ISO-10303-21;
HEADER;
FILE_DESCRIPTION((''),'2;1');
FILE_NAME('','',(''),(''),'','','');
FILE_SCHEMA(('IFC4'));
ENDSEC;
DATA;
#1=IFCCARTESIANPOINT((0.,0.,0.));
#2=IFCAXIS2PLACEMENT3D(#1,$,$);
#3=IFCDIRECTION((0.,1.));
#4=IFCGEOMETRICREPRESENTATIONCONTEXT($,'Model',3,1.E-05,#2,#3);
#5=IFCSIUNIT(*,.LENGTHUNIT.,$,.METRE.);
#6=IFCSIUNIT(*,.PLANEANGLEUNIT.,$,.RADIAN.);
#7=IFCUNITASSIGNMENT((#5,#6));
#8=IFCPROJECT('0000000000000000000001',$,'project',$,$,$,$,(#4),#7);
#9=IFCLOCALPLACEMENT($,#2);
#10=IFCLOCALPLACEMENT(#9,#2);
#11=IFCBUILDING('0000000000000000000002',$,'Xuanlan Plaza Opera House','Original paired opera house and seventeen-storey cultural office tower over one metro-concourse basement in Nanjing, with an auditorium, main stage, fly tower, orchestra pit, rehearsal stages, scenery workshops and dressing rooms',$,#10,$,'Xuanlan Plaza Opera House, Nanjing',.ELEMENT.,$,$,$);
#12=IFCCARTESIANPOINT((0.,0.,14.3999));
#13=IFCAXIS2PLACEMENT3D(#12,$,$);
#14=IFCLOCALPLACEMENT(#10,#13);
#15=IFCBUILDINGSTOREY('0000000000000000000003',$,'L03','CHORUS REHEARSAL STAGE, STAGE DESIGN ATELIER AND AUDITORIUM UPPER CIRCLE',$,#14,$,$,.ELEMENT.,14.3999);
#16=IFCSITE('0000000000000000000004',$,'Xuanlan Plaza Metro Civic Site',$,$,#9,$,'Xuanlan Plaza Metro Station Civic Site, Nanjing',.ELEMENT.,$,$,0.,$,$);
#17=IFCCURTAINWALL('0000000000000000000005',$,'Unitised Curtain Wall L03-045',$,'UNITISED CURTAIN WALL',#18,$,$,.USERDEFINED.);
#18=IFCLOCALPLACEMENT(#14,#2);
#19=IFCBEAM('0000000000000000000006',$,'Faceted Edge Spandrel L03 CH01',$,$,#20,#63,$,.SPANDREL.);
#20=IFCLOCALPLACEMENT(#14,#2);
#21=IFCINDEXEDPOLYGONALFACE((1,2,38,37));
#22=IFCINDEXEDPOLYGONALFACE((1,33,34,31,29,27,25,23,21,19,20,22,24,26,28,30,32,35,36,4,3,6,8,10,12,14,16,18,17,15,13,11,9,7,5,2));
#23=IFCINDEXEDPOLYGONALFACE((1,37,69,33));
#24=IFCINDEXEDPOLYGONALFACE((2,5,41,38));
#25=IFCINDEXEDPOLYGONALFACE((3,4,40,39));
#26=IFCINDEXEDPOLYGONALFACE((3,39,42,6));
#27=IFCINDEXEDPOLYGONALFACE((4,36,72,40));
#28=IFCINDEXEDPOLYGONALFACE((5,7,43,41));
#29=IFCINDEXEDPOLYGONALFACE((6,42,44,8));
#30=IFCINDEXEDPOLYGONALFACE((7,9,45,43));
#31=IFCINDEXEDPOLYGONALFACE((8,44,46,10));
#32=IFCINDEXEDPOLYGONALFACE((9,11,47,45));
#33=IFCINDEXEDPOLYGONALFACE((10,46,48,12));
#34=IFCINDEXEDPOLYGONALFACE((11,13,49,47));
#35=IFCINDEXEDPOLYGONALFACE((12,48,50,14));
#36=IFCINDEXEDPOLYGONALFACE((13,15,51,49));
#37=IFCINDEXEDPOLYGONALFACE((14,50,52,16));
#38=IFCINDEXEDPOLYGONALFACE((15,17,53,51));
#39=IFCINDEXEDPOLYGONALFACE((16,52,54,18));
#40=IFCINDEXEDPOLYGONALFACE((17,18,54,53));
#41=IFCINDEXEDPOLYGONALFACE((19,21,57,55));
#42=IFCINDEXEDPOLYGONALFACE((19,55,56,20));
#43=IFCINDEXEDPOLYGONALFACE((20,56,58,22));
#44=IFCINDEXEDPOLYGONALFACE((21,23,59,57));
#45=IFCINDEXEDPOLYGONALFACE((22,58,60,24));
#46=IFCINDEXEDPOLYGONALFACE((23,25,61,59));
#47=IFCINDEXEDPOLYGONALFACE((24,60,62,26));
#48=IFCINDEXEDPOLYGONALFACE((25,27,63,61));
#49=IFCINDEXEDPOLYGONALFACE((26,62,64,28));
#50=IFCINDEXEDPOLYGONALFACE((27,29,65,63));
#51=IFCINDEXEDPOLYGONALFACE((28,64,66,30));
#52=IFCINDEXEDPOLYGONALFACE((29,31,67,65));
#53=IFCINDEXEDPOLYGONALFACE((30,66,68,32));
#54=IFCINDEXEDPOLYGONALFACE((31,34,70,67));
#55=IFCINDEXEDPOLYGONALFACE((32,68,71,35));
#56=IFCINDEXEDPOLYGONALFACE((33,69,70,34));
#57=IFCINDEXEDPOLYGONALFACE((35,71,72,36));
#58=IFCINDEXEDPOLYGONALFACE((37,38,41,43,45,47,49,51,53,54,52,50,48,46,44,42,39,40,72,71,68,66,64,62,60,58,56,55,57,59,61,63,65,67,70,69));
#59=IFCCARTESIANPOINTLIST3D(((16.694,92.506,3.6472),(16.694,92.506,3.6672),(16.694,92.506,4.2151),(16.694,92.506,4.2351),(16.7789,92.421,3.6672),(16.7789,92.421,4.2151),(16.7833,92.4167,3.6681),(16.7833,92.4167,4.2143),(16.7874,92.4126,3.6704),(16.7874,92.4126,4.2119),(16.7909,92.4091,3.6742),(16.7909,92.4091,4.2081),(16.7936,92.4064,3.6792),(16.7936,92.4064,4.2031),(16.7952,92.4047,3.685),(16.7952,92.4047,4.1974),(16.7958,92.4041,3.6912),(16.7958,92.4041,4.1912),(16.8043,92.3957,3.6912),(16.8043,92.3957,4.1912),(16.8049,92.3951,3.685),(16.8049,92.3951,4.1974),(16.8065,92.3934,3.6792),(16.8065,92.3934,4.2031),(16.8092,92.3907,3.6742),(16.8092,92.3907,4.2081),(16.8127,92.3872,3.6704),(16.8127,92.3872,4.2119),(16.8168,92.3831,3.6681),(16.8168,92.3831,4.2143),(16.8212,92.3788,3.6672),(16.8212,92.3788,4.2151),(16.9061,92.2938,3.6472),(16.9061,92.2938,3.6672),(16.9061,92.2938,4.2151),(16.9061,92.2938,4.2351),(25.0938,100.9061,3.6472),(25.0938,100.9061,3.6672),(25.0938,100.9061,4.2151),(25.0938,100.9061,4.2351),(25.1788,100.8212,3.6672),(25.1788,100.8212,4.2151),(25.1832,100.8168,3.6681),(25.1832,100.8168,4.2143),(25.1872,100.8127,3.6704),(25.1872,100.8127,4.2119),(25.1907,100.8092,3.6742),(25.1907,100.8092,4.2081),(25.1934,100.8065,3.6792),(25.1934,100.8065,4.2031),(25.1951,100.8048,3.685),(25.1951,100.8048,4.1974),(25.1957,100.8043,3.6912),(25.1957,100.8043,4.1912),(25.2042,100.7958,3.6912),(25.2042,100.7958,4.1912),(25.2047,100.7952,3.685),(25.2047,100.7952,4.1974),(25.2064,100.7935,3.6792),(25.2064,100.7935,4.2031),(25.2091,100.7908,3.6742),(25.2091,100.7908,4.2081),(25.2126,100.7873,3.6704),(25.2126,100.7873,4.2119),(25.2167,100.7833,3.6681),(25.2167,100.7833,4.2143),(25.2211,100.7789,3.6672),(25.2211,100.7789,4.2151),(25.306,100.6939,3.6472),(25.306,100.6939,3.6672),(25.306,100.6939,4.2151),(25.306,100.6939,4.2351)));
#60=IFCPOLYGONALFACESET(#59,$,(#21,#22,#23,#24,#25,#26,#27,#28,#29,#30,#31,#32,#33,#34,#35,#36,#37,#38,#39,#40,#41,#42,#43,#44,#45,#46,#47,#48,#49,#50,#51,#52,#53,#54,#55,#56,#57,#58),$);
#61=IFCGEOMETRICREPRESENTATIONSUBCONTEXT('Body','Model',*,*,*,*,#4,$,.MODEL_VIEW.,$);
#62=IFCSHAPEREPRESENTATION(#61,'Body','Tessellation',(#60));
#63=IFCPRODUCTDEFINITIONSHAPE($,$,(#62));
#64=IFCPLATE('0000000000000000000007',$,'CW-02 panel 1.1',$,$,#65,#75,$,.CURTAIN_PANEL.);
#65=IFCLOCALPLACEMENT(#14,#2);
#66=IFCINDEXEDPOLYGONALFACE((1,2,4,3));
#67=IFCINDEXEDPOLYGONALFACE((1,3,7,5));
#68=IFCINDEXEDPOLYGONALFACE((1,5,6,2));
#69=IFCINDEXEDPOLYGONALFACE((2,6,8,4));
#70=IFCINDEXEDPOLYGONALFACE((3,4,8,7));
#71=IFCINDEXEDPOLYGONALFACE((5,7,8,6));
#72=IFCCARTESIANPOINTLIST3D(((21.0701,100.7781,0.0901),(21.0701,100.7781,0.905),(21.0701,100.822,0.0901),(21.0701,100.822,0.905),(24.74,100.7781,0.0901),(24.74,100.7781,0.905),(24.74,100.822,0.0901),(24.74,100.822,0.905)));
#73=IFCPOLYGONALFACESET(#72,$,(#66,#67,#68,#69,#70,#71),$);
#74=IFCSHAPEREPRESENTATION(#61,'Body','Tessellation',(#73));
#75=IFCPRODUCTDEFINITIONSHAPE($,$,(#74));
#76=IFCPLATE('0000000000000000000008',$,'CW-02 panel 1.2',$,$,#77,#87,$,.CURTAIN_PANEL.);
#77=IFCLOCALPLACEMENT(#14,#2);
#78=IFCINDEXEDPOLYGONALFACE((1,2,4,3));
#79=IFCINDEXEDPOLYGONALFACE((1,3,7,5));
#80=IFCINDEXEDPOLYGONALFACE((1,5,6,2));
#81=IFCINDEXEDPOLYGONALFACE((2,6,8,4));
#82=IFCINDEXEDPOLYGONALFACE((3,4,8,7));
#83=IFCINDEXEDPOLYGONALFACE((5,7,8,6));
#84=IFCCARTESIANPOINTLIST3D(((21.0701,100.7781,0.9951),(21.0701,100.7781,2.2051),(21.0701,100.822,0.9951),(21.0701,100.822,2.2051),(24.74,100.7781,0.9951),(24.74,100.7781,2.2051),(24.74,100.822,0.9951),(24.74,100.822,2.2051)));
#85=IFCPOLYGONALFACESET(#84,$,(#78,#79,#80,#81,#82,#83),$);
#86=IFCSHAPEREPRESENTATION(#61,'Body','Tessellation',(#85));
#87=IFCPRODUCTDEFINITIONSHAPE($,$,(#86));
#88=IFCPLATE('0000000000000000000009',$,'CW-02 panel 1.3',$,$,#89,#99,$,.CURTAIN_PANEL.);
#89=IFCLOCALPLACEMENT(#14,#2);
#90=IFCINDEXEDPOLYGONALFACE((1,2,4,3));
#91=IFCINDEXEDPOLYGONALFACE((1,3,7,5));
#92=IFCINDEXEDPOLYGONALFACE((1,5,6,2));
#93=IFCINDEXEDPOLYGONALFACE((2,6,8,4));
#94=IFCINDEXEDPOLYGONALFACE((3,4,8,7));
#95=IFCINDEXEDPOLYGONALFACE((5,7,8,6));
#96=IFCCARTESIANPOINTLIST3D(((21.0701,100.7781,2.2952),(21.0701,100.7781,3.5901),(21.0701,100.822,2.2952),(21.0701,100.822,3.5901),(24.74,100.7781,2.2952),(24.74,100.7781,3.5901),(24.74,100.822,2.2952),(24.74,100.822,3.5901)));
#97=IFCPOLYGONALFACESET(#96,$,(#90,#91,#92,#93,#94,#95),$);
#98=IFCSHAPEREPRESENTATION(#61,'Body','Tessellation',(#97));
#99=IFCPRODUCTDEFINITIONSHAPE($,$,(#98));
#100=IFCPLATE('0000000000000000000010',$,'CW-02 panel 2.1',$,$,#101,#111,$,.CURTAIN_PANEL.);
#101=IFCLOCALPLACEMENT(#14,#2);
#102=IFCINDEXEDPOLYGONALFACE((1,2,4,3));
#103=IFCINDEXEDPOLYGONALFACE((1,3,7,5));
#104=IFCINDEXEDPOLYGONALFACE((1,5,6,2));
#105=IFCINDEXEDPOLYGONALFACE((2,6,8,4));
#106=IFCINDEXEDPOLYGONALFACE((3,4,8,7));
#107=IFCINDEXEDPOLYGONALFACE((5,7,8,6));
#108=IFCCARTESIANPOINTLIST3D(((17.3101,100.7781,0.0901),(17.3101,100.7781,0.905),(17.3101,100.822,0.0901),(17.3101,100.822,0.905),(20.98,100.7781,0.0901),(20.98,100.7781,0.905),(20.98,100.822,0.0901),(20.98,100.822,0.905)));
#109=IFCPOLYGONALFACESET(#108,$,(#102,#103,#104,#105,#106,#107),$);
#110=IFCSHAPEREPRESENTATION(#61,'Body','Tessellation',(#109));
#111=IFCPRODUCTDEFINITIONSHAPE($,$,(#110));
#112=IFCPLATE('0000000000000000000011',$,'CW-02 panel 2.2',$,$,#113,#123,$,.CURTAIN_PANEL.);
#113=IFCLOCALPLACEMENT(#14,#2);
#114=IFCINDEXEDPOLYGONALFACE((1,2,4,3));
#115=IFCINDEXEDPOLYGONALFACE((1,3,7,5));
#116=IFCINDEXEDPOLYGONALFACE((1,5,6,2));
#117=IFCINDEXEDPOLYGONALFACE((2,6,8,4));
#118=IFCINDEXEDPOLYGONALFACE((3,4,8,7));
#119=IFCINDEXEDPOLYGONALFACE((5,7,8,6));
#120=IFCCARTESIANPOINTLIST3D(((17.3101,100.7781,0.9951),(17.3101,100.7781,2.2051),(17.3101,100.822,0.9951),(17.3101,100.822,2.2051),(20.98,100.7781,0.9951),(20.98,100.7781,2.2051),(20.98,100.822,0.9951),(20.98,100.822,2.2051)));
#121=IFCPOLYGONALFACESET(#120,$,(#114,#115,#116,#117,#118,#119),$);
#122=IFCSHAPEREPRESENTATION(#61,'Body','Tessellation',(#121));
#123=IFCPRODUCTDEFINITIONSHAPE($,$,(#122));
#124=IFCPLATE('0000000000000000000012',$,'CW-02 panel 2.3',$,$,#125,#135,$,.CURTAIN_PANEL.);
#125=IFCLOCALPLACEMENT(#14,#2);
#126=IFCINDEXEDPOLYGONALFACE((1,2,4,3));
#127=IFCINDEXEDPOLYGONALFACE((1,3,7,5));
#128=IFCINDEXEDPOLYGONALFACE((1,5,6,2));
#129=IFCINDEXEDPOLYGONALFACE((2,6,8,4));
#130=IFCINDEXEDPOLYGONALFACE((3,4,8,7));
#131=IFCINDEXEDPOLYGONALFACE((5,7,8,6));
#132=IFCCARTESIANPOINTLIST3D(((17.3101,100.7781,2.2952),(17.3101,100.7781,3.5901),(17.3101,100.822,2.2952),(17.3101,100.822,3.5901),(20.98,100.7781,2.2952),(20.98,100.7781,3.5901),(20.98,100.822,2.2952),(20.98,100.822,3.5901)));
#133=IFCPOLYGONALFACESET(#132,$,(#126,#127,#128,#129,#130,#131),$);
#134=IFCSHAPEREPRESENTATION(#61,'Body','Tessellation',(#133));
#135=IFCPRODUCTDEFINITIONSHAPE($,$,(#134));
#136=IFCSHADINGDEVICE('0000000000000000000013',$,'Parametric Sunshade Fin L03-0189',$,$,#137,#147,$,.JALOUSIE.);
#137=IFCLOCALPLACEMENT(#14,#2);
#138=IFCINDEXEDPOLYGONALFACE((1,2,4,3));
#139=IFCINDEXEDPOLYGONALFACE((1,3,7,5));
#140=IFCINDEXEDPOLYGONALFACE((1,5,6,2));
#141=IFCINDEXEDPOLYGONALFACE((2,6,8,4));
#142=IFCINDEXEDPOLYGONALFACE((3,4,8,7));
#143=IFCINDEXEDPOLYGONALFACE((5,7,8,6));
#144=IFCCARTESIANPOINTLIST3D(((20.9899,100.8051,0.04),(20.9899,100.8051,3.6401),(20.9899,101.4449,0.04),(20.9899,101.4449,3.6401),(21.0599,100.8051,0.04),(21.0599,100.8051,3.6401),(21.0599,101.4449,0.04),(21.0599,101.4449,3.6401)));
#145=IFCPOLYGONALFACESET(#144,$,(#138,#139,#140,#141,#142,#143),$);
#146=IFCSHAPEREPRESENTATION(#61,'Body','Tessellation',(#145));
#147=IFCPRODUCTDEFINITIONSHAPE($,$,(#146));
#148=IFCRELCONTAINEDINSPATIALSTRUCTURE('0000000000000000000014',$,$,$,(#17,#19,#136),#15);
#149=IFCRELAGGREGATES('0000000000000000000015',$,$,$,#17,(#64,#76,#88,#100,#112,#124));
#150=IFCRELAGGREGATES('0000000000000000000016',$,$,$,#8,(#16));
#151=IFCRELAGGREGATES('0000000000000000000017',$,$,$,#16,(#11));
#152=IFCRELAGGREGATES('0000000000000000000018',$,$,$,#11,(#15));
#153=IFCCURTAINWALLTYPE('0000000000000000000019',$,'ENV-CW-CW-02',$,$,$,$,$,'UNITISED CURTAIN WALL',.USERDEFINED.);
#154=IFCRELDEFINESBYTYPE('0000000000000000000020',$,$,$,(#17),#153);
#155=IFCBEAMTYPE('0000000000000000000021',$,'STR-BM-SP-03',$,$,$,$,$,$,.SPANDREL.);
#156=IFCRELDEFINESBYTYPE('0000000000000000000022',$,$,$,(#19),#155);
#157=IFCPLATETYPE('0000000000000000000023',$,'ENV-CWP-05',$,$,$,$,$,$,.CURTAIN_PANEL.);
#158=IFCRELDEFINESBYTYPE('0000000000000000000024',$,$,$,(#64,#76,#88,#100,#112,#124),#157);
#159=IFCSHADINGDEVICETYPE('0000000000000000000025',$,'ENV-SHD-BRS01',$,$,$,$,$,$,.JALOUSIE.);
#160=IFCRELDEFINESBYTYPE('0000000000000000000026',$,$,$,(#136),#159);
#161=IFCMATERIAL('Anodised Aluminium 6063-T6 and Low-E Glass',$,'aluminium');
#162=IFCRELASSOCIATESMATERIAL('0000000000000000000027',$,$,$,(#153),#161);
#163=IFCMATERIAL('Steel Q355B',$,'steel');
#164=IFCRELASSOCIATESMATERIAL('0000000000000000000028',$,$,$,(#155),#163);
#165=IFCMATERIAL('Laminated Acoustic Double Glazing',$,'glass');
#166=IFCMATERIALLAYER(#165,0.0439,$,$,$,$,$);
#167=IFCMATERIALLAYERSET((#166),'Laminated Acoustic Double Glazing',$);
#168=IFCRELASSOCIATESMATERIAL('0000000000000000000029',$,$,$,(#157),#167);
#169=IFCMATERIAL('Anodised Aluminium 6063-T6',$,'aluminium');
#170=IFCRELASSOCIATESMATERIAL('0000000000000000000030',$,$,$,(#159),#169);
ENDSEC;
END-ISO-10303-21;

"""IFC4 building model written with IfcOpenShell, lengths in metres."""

from ifc_helpers import new_model, si_unit, direction, frame, origin, origin_2d, place, context, subcontext, project, spatial, rectangle, i_section, extrude, material, layer, layer_set, material_profile, profile_set, type_object, element, aggregate, save


model = new_model("IFC4")

# Units and contexts
model_context = context("Model", 3, precision=1e-05, world=origin(), true_north=direction((0.0, 1.0)))
body_context = subcontext(model_context, "Body", "Model", "MODEL_VIEW")
ifc_project = project(units=[si_unit("LENGTHUNIT", "METRE"), si_unit("PLANEANGLEUNIT", "RADIAN")], contexts=[model_context])

# Site, building, storey
site_placement = place(None, origin())
site = spatial("IfcSite", under=ifc_project, at=site_placement, Name="Xuanlan Plaza Metro Civic Site", LongName="Xuanlan Plaza Metro Station Civic Site, Nanjing", CompositionType="ELEMENT", RefElevation=0.0)
building_placement = place(site_placement, origin())
building = spatial("IfcBuilding", under=site, at=building_placement, Name="Xuanlan Plaza Opera House", Description="Original paired opera house and seventeen-storey cultural office tower over one metro-concourse basement in Nanjing, with an auditorium, main stage, fly tower, orchestra pit, rehearsal stages, scenery workshops and dressing rooms", LongName="Xuanlan Plaza Opera House, Nanjing", CompositionType="ELEMENT")
storey_placement = place(building_placement, frame((0.0, 0.0, 14.3999)))
storey = spatial("IfcBuildingStorey", under=building, at=storey_placement, Name="L03", Description="CHORUS REHEARSAL STAGE, STAGE DESIGN ATELIER AND AUDITORIUM UPPER CIRCLE", CompositionType="ELEMENT", Elevation=14.3999)

# Curtain wall
ifc_material_1 = material(Name="Anodised Aluminium 6063-T6 and Low-E Glass", Category="aluminium")
curtain_wall_type = type_object("IfcCurtainWallType", Name="ENV-CW-CW-02", ElementType="UNITISED CURTAIN WALL", PredefinedType="USERDEFINED", material=ifc_material_1)
curtain_wall_placement = place(storey_placement, origin())
curtain_wall = element("IfcCurtainWall", 1, at=curtain_wall_placement, inside=storey, type_object=curtain_wall_type, Name="Unitised Curtain Wall L03-045", ObjectType="UNITISED CURTAIN WALL", PredefinedType="USERDEFINED")
ifc_material_2 = material(Name="Anodised Aluminium 6063-T6", Category="aluminium")

# Beam
ifc_material_3 = material(Name="Steel Q355B", Category="steel")
ifc_material_profile_1 = material_profile(ifc_material_3, i_section(OverallWidth=0.3, OverallDepth=0.5879, WebThickness=0.012, FlangeThickness=0.02, FilletRadius=0.0239, at=origin_2d()), Name="HM 588x300x12x20")
ifc_profile_set_1 = profile_set([ifc_material_profile_1], Name="Steel Q355B")
beam_type_1 = type_object("IfcBeamType", Name="STR-BM-SP-03", PredefinedType="SPANDREL", material=ifc_profile_set_1)
beam_1_placement = place(storey_placement, frame((16.8, 92.3999, 3.9412), z_axis=(0.707097, 0.707117, 0.0), x_axis=(-0.707117, 0.707097, 0.0)))
element("IfcBeam", 2, at=beam_1_placement, inside=storey, type_object=beam_type_1, Name="Faceted Edge Spandrel L03 CH01", PredefinedType="SPANDREL", context=body_context, shape_type="SweptSolid", body=[
    extrude(i_section(OverallWidth=0.3, OverallDepth=0.5879, WebThickness=0.012, FlangeThickness=0.02, FilletRadius=0.0239, at=origin_2d()), origin(), (0.0, 0.0, 1.0), 11.8794),
])

# Plates
ifc_material_4 = material(Name="Laminated Acoustic Double Glazing", Category="glass")
ifc_layer = layer(ifc_material_4, 0.0439)
ifc_layer_set = layer_set([ifc_layer], Name="Laminated Acoustic Double Glazing")
plate_type = type_object("IfcPlateType", Name="ENV-CWP-05", PredefinedType="CURTAIN_PANEL", material=ifc_layer_set)
plate_1_placement = place(storey_placement, frame((22.905, 100.8, 0.0901), z_axis=(0.0, 0.0, 1.0), x_axis=(-1.0, 0.0, 0.0)))
plate_1 = element("IfcPlate", 3, at=plate_1_placement, type_object=plate_type, Name="CW-02 panel 1.1", PredefinedType="CURTAIN_PANEL", context=body_context, shape_type="SweptSolid", body=[
    extrude(rectangle(XDim=3.6699, YDim=0.0439, at=origin_2d()), origin(), (0.0, 0.0, 1.0), 0.8149),
])
plate_2_placement = place(storey_placement, frame((22.905, 100.8, 0.9951), z_axis=(0.0, 0.0, 1.0), x_axis=(-1.0, 0.0, 0.0)))
plate_2 = element("IfcPlate", 4, at=plate_2_placement, type_object=plate_type, Name="CW-02 panel 1.2", PredefinedType="CURTAIN_PANEL", context=body_context, shape_type="SweptSolid", body=[
    extrude(rectangle(XDim=3.6699, YDim=0.0439, at=origin_2d()), origin(), (0.0, 0.0, 1.0), 1.21),
])
plate_3_placement = place(storey_placement, frame((22.905, 100.8, 2.2952), z_axis=(0.0, 0.0, 1.0), x_axis=(-1.0, 0.0, 0.0)))
plate_3 = element("IfcPlate", 5, at=plate_3_placement, type_object=plate_type, Name="CW-02 panel 1.3", PredefinedType="CURTAIN_PANEL", context=body_context, shape_type="SweptSolid", body=[
    extrude(rectangle(XDim=3.6699, YDim=0.0439, at=origin_2d()), origin(), (0.0, 0.0, 1.0), 1.2949),
])
plate_4_placement = place(storey_placement, frame((19.145, 100.8, 0.0901), z_axis=(0.0, 0.0, 1.0), x_axis=(-1.0, 0.0, 0.0)))
plate_4 = element("IfcPlate", 6, at=plate_4_placement, type_object=plate_type, Name="CW-02 panel 2.1", PredefinedType="CURTAIN_PANEL", context=body_context, shape_type="SweptSolid", body=[
    extrude(rectangle(XDim=3.6699, YDim=0.0439, at=origin_2d()), origin(), (0.0, 0.0, 1.0), 0.8149),
])
plate_5_placement = place(storey_placement, frame((19.145, 100.8, 0.9951), z_axis=(0.0, 0.0, 1.0), x_axis=(-1.0, 0.0, 0.0)))
plate_5 = element("IfcPlate", 7, at=plate_5_placement, type_object=plate_type, Name="CW-02 panel 2.2", PredefinedType="CURTAIN_PANEL", context=body_context, shape_type="SweptSolid", body=[
    extrude(rectangle(XDim=3.6699, YDim=0.0439, at=origin_2d()), origin(), (0.0, 0.0, 1.0), 1.21),
])
plate_6_placement = place(storey_placement, frame((19.145, 100.8, 2.2952), z_axis=(0.0, 0.0, 1.0), x_axis=(-1.0, 0.0, 0.0)))
plate_6 = element("IfcPlate", 8, at=plate_6_placement, type_object=plate_type, Name="CW-02 panel 2.3", PredefinedType="CURTAIN_PANEL", context=body_context, shape_type="SweptSolid", body=[
    extrude(rectangle(XDim=3.6699, YDim=0.0439, at=origin_2d()), origin(), (0.0, 0.0, 1.0), 1.2949),
])
aggregate(curtain_wall, [plate_1, plate_2, plate_3, plate_4, plate_5, plate_6])

# Shading device
shading_device_type = type_object("IfcShadingDeviceType", Name="ENV-SHD-BRS01", PredefinedType="JALOUSIE", material=ifc_material_2)
shading_device_placement = place(storey_placement, frame((21.0249, 101.125, 0.04), z_axis=(0.0, 0.0, 1.0), x_axis=(0.0, 1.0, 0.0)))
element("IfcShadingDevice", 9, at=shading_device_placement, inside=storey, type_object=shading_device_type, Name="Parametric Sunshade Fin L03-0189", PredefinedType="JALOUSIE", context=body_context, shape_type="SweptSolid", body=[
    extrude(rectangle(XDim=0.6399, YDim=0.0701, at=origin_2d()), origin(), (0.0, 0.0, 1.0), 3.6001),
])

save(model, "model.ifc")
